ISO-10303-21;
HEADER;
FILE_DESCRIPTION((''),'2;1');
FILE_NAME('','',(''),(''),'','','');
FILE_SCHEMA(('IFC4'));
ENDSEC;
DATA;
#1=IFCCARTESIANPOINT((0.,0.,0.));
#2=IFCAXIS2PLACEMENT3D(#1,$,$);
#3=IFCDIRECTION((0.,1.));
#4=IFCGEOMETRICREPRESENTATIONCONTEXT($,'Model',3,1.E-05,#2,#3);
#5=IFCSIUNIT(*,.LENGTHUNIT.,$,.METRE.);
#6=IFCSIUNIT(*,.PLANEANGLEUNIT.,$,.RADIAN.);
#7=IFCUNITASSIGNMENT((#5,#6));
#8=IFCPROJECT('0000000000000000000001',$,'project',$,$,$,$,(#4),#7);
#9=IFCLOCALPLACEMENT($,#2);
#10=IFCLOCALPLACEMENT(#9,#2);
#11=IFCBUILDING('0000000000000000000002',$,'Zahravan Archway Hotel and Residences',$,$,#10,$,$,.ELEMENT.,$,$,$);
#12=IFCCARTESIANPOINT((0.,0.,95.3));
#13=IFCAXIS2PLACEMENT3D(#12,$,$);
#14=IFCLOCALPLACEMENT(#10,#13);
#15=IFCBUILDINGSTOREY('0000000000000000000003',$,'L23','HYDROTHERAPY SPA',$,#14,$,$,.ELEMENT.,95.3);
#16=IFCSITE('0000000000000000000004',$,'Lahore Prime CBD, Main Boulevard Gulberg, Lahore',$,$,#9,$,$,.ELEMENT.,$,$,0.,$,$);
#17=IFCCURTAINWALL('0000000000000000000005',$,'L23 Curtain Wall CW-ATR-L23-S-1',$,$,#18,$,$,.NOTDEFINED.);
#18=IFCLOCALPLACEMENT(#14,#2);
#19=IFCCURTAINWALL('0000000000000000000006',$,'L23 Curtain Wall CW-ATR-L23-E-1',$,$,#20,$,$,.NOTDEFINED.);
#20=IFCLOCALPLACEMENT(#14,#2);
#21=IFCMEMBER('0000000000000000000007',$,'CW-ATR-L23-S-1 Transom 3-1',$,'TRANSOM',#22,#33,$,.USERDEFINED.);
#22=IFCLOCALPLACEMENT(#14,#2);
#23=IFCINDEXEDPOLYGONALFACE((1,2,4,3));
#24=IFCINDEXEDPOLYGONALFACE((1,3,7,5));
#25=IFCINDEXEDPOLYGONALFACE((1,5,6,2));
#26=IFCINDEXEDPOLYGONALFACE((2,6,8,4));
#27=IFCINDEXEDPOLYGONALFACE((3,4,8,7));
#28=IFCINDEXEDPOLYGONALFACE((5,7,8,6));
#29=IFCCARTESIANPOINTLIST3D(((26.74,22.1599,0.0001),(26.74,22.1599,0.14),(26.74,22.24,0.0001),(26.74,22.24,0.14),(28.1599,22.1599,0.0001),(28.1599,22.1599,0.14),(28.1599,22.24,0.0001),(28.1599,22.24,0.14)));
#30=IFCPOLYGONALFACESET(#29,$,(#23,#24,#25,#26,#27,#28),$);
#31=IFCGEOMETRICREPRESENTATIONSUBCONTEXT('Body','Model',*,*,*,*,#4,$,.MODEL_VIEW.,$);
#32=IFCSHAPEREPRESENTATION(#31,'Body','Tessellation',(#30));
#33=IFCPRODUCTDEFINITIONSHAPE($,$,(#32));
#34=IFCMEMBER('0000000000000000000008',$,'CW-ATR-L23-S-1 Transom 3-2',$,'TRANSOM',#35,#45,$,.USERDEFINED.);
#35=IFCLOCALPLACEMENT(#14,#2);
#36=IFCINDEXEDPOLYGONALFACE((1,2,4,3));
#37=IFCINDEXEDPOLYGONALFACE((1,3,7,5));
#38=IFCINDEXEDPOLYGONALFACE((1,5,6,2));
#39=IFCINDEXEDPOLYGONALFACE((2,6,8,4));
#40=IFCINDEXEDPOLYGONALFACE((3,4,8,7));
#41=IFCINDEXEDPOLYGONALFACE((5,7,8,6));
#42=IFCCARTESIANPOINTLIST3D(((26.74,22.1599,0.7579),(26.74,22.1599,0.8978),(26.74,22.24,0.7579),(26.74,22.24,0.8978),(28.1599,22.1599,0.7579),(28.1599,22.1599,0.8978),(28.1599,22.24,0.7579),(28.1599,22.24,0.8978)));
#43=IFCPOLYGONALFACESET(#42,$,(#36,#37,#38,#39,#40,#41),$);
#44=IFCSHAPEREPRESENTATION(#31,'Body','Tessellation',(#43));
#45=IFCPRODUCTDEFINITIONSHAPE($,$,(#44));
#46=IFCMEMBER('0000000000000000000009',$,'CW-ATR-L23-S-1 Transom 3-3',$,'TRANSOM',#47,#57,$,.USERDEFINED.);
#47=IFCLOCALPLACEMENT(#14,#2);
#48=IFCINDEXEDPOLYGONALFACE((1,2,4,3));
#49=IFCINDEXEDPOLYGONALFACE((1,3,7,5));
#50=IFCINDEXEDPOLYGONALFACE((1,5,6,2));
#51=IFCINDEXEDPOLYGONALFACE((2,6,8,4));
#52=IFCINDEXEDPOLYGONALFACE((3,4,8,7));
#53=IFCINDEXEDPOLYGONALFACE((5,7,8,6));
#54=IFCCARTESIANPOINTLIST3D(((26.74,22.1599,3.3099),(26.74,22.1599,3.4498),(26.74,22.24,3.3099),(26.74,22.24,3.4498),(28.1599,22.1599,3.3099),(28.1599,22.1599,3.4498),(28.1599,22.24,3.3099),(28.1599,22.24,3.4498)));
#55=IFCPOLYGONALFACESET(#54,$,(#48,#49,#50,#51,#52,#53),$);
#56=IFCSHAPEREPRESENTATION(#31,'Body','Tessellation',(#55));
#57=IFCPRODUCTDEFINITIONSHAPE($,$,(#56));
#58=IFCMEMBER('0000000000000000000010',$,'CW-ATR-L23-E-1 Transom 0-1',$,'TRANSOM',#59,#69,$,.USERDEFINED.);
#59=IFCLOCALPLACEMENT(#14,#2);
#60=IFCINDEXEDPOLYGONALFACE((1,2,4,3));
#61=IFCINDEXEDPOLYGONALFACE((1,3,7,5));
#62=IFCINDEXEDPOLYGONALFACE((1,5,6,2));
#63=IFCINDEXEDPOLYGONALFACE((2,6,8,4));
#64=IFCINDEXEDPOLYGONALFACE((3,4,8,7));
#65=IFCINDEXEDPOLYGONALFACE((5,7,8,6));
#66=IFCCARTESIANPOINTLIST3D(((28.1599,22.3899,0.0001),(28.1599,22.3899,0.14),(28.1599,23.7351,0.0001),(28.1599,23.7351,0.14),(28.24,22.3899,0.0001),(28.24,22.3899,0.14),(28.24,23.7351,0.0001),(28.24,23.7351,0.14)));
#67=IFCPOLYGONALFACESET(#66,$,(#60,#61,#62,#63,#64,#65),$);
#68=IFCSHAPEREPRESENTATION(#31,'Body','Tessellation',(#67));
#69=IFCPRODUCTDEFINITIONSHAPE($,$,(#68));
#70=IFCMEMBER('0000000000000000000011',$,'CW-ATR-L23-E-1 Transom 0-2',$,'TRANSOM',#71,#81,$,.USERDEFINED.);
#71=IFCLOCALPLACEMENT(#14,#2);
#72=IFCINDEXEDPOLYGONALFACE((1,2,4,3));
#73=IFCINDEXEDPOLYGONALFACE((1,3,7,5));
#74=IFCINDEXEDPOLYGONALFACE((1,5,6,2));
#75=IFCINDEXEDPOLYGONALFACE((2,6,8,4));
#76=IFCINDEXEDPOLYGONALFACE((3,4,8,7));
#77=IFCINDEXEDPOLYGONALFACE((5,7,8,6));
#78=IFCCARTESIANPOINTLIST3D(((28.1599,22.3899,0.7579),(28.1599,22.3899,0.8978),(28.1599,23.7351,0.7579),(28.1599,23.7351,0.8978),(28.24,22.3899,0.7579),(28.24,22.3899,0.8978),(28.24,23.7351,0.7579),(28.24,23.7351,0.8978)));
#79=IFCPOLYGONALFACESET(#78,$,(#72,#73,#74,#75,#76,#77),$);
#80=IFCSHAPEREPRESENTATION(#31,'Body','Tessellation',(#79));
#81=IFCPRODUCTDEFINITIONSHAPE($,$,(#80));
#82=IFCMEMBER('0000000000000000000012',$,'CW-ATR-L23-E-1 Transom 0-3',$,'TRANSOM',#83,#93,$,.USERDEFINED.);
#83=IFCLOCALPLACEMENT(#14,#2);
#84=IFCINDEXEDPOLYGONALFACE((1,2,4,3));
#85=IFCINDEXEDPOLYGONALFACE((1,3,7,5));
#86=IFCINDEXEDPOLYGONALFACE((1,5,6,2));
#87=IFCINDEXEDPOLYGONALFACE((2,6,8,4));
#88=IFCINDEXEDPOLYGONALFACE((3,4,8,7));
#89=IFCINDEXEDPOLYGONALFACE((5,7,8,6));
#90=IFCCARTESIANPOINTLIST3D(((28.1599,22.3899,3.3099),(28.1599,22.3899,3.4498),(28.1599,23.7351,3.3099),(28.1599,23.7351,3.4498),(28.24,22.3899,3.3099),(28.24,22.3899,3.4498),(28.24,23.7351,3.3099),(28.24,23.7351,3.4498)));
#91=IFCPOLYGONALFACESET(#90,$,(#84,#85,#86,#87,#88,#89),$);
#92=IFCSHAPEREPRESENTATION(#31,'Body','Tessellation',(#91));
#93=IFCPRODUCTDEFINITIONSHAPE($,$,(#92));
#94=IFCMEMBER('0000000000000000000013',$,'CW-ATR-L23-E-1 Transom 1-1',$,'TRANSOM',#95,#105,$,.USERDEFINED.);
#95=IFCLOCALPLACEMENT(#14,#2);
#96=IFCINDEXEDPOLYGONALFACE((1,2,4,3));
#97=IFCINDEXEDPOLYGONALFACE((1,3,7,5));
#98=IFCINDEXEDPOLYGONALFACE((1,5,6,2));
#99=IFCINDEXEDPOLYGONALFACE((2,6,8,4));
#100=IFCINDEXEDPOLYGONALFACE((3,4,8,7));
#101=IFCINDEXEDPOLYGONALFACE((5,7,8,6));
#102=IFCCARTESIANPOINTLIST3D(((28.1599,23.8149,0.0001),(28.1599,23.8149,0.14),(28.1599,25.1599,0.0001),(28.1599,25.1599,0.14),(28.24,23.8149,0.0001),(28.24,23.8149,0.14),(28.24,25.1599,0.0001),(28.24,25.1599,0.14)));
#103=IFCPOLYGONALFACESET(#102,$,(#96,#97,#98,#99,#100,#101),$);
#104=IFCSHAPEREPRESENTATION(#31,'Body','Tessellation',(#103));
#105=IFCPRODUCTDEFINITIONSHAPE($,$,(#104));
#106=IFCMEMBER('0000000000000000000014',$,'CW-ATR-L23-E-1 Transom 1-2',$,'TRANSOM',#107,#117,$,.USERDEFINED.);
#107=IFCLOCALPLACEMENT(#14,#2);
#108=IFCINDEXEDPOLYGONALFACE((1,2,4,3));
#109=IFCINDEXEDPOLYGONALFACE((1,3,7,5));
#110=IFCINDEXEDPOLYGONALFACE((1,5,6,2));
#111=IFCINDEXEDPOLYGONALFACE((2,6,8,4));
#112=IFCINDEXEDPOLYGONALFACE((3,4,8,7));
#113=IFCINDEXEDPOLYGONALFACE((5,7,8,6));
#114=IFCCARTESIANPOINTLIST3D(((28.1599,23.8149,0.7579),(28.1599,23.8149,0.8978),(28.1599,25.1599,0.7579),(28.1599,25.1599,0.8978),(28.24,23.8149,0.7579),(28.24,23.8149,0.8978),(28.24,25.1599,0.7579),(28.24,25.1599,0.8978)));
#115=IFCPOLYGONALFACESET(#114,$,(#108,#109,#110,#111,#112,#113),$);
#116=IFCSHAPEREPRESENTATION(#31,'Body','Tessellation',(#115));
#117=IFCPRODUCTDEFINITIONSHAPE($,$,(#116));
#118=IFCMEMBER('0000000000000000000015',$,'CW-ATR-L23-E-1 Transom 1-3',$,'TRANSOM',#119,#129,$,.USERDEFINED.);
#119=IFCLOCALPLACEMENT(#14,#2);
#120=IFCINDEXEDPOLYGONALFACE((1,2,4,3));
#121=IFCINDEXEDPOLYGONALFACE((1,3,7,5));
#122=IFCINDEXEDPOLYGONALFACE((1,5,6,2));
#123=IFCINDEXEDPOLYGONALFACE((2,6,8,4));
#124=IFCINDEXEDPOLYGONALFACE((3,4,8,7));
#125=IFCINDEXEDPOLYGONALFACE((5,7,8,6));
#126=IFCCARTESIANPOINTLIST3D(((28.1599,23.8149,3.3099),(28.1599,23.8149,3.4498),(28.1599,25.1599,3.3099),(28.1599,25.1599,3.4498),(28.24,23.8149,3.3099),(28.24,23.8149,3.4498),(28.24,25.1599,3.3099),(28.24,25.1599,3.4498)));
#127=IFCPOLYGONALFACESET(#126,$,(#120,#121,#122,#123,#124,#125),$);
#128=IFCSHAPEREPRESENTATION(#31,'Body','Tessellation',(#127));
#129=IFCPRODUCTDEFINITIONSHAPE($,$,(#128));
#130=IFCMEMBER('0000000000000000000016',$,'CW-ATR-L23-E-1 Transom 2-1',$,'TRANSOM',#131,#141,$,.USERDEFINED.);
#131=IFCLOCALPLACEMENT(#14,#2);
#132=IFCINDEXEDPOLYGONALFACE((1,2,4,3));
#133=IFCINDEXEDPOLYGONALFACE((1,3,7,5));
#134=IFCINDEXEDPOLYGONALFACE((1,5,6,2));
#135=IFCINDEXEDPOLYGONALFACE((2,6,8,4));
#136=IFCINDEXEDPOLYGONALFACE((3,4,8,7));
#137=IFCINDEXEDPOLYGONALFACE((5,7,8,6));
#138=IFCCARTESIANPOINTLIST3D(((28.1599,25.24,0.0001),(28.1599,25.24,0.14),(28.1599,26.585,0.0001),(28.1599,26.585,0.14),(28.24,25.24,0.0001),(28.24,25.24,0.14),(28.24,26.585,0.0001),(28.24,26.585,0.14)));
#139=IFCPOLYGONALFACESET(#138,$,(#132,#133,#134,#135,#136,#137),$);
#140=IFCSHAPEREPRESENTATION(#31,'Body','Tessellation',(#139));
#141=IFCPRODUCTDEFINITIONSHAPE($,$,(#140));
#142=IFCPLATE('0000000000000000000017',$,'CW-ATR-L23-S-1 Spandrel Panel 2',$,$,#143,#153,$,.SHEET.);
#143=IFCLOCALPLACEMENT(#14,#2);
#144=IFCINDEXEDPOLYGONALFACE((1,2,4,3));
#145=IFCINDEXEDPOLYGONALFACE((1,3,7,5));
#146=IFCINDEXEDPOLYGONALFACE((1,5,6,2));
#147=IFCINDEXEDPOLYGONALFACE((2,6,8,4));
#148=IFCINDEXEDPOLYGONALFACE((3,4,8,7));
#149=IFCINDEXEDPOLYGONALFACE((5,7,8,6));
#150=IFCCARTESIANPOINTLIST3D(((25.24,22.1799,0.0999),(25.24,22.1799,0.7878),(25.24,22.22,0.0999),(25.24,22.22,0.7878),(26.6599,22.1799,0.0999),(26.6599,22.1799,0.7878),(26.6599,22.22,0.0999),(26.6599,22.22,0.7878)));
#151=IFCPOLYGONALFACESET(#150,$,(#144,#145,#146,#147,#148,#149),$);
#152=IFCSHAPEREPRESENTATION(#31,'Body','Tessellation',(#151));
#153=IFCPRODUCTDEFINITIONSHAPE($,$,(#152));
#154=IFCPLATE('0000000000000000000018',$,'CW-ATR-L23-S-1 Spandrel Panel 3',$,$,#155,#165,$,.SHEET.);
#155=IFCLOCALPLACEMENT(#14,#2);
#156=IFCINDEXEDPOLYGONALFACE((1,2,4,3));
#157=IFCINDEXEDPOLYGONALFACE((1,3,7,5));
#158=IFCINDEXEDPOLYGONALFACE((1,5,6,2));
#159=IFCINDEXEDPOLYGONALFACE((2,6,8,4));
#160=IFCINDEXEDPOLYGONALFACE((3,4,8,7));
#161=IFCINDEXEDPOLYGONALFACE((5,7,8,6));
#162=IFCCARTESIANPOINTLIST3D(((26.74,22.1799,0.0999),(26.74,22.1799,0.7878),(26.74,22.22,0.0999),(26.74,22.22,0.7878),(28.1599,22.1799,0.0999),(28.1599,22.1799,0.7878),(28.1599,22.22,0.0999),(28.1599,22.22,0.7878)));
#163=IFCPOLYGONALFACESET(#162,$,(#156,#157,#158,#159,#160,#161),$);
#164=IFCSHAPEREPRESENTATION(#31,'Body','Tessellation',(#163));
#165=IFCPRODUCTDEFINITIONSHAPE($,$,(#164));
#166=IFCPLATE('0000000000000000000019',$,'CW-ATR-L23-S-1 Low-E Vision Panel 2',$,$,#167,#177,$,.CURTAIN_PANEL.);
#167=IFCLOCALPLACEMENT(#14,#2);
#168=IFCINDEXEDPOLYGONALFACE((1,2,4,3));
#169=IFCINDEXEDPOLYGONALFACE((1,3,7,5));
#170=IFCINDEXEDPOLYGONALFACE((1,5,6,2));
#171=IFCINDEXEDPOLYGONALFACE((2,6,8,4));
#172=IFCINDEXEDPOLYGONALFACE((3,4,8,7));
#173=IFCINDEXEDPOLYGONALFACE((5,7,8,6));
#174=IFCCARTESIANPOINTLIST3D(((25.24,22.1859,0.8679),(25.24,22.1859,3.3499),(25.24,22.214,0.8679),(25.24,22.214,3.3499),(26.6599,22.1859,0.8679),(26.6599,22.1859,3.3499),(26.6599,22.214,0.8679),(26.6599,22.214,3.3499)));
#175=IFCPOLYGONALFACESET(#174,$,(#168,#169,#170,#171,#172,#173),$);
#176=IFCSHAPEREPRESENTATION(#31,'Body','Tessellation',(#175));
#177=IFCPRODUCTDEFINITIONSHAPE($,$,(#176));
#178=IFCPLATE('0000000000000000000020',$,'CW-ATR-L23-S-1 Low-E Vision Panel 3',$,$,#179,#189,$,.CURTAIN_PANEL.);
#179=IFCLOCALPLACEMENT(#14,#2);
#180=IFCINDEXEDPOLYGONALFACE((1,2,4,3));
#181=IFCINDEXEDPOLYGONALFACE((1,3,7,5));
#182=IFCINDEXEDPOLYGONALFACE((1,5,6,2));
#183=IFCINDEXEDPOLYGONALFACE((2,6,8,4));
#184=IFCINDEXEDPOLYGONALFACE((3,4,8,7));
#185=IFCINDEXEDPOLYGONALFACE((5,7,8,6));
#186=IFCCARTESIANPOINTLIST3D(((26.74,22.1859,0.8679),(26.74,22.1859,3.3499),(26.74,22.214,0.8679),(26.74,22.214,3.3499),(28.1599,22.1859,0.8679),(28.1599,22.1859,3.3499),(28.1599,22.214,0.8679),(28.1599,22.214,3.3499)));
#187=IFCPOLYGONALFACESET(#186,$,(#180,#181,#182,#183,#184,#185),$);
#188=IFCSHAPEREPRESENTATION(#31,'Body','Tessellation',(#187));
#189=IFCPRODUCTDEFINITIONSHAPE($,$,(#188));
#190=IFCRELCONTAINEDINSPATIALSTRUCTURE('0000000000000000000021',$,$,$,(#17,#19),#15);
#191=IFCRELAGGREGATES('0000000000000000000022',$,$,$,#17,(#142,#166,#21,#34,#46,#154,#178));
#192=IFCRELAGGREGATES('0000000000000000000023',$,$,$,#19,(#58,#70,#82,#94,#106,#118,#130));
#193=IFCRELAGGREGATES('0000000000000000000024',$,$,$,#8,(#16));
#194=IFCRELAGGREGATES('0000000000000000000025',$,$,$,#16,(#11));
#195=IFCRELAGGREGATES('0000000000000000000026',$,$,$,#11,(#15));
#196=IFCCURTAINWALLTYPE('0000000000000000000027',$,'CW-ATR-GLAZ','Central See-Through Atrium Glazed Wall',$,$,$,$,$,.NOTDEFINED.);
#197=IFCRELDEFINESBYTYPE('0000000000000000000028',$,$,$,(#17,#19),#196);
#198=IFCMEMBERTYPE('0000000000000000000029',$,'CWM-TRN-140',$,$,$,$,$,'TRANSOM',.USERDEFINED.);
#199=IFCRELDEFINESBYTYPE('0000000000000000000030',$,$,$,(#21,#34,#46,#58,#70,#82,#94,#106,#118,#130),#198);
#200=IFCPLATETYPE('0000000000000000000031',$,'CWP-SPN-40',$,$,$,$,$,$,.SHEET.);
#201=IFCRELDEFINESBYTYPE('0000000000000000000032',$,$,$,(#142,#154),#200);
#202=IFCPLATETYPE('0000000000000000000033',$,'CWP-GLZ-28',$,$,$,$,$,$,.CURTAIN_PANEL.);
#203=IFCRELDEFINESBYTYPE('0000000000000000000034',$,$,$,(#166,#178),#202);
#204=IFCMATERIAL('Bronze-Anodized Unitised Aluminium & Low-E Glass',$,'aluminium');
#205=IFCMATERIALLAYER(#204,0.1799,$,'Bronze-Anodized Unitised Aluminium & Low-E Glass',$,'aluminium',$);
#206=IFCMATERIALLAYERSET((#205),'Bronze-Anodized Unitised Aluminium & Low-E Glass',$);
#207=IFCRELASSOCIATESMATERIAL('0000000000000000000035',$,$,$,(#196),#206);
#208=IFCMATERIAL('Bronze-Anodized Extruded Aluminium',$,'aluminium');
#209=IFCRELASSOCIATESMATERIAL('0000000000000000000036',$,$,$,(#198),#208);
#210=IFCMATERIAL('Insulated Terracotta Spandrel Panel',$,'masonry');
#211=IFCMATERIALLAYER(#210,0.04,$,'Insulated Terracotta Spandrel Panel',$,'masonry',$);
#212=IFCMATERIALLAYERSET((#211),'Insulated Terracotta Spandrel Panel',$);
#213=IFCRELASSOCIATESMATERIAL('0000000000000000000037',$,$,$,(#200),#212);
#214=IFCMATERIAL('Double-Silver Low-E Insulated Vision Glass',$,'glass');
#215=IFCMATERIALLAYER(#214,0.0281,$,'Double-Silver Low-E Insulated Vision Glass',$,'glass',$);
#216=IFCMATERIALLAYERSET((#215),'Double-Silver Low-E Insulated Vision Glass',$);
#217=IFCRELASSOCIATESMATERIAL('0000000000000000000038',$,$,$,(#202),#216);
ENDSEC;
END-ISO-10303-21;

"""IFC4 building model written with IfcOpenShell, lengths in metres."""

from ifc_helpers import new_model, si_unit, direction, frame, origin, origin_2d, place, context, subcontext, project, spatial, rectangle, extrude, source, transform, mapped, material, layer, layer_set, material_profile, profile_set, type_object, element, aggregate, save


model = new_model("IFC4")

# Units and contexts
model_context = context("Model", 3, precision=1e-05, world=origin(), true_north=direction((0.0, 1.0)))
body_context = subcontext(model_context, "Body", "Model", "MODEL_VIEW")
ifc_project = project(units=[si_unit("LENGTHUNIT", "METRE"), si_unit("PLANEANGLEUNIT", "RADIAN")], contexts=[model_context])

# Site, building, storey
site_placement = place(None, origin())
site = spatial("IfcSite", under=ifc_project, at=site_placement, Name="Lahore Prime CBD, Main Boulevard Gulberg, Lahore", CompositionType="ELEMENT", RefElevation=0.0)
building_placement = place(site_placement, origin())
building = spatial("IfcBuilding", under=site, at=building_placement, Name="Zahravan Archway Hotel and Residences", CompositionType="ELEMENT")
storey_placement = place(building_placement, frame((0.0, 0.0, 95.3)))
storey = spatial("IfcBuildingStorey", under=building, at=storey_placement, Name="L23", Description="HYDROTHERAPY SPA", CompositionType="ELEMENT", Elevation=95.3)

# Curtain walls
ifc_material_1 = material(Name="Bronze-Anodized Unitised Aluminium & Low-E Glass", Category="aluminium")
ifc_layer_1 = layer(ifc_material_1, 0.1799, Name="Bronze-Anodized Unitised Aluminium & Low-E Glass", Category="aluminium")
ifc_layer_set_1 = layer_set([ifc_layer_1], Name="Bronze-Anodized Unitised Aluminium & Low-E Glass")
curtain_wall_type = type_object("IfcCurtainWallType", Name="CW-ATR-GLAZ", Description="Central See-Through Atrium Glazed Wall", PredefinedType="NOTDEFINED", material=ifc_layer_set_1)
curtain_wall_1_placement = place(storey_placement, origin())
curtain_wall_1 = element("IfcCurtainWall", 1, at=curtain_wall_1_placement, inside=storey, type_object=curtain_wall_type, Name="L23 Curtain Wall CW-ATR-L23-S-1", PredefinedType="NOTDEFINED")
ifc_material_2 = material(Name="Bronze-Anodized Extruded Aluminium", Category="aluminium")
curtain_wall_2_placement = place(storey_placement, origin())
curtain_wall_2 = element("IfcCurtainWall", 2, at=curtain_wall_2_placement, inside=storey, type_object=curtain_wall_type, Name="L23 Curtain Wall CW-ATR-L23-E-1", PredefinedType="NOTDEFINED")

# Members
ifc_material_profile_1 = material_profile(ifc_material_2, rectangle(XDim=0.0801, YDim=0.1399, at=origin_2d()), Name="TRN 80x140", Category="aluminium")
ifc_profile_set_1 = profile_set([ifc_material_profile_1], Name="Bronze-Anodized Extruded Aluminium")
member_type_1 = type_object("IfcMemberType", Name="CWM-TRN-140", ElementType="TRANSOM", PredefinedType="USERDEFINED", material=ifc_profile_set_1)
shared_shape_1 = source(origin(), body_context, "Body", "SweptSolid", [
    extrude(rectangle(XDim=0.0801, YDim=0.1399, at=origin_2d()), origin(), (0.0, 0.0, 1.0), 1.4199),
])
member_1_placement = place(storey_placement, frame((26.74, 22.2, 0.0701), z_axis=(1.0, 0.0, 0.0), x_axis=(0.0, 1.0, 0.0)))
member_1 = element("IfcMember", 3, at=member_1_placement, type_object=member_type_1, Name="CW-ATR-L23-S-1 Transom 3-1", ObjectType="TRANSOM", PredefinedType="USERDEFINED", context=body_context, shape_type="MappedRepresentation", body=[
    mapped(shared_shape_1, transform((0.0, 0.0, 0.0), scale=1.0)),
])
member_2_placement = place(storey_placement, frame((26.74, 22.2, 0.8279), z_axis=(1.0, 0.0, 0.0), x_axis=(0.0, 1.0, 0.0)))
member_2 = element("IfcMember", 4, at=member_2_placement, type_object=member_type_1, Name="CW-ATR-L23-S-1 Transom 3-2", ObjectType="TRANSOM", PredefinedType="USERDEFINED", context=body_context, shape_type="MappedRepresentation", body=[
    mapped(shared_shape_1, transform((0.0, 0.0, 0.0), scale=1.0)),
])
member_3_placement = place(storey_placement, frame((26.74, 22.2, 3.3799), z_axis=(1.0, 0.0, 0.0), x_axis=(0.0, 1.0, 0.0)))
member_3 = element("IfcMember", 5, at=member_3_placement, type_object=member_type_1, Name="CW-ATR-L23-S-1 Transom 3-3", ObjectType="TRANSOM", PredefinedType="USERDEFINED", context=body_context, shape_type="MappedRepresentation", body=[
    mapped(shared_shape_1, transform((0.0, 0.0, 0.0), scale=1.0)),
])
shared_shape_2 = source(origin(), body_context, "Body", "SweptSolid", [
    extrude(rectangle(XDim=0.0801, YDim=0.1399, at=origin_2d()), origin(), (0.0, 0.0, 1.0), 1.3452),
])
member_4_placement = place(storey_placement, frame((28.2, 22.3899, 0.0701), z_axis=(0.0, 1.0, 0.0), x_axis=(-1.0, 0.0, 0.0)))
member_4 = element("IfcMember", 6, at=member_4_placement, type_object=member_type_1, Name="CW-ATR-L23-E-1 Transom 0-1", ObjectType="TRANSOM", PredefinedType="USERDEFINED", context=body_context, shape_type="MappedRepresentation", body=[
    mapped(shared_shape_2, transform((0.0, 0.0, 0.0), scale=1.0)),
])
member_5_placement = place(storey_placement, frame((28.2, 22.3899, 0.8279), z_axis=(0.0, 1.0, 0.0), x_axis=(-1.0, 0.0, 0.0)))
member_5 = element("IfcMember", 7, at=member_5_placement, type_object=member_type_1, Name="CW-ATR-L23-E-1 Transom 0-2", ObjectType="TRANSOM", PredefinedType="USERDEFINED", context=body_context, shape_type="MappedRepresentation", body=[
    mapped(shared_shape_2, transform((0.0, 0.0, 0.0), scale=1.0)),
])
member_6_placement = place(storey_placement, frame((28.2, 22.3899, 3.3799), z_axis=(0.0, 1.0, 0.0), x_axis=(-1.0, 0.0, 0.0)))
member_6 = element("IfcMember", 8, at=member_6_placement, type_object=member_type_1, Name="CW-ATR-L23-E-1 Transom 0-3", ObjectType="TRANSOM", PredefinedType="USERDEFINED", context=body_context, shape_type="MappedRepresentation", body=[
    mapped(shared_shape_2, transform((0.0, 0.0, 0.0), scale=1.0)),
])
shared_shape_3 = source(origin(), body_context, "Body", "SweptSolid", [
    extrude(rectangle(XDim=0.0801, YDim=0.1399, at=origin_2d()), origin(), (0.0, 0.0, 1.0), 1.345),
])
member_7_placement = place(storey_placement, frame((28.2, 23.8149, 0.0701), z_axis=(0.0, 1.0, 0.0), x_axis=(-1.0, 0.0, 0.0)))
member_7 = element("IfcMember", 9, at=member_7_placement, type_object=member_type_1, Name="CW-ATR-L23-E-1 Transom 1-1", ObjectType="TRANSOM", PredefinedType="USERDEFINED", context=body_context, shape_type="MappedRepresentation", body=[
    mapped(shared_shape_3, transform((0.0, 0.0, 0.0), scale=1.0)),
])
member_8_placement = place(storey_placement, frame((28.2, 23.8149, 0.8279), z_axis=(0.0, 1.0, 0.0), x_axis=(-1.0, 0.0, 0.0)))
member_8 = element("IfcMember", 10, at=member_8_placement, type_object=member_type_1, Name="CW-ATR-L23-E-1 Transom 1-2", ObjectType="TRANSOM", PredefinedType="USERDEFINED", context=body_context, shape_type="MappedRepresentation", body=[
    mapped(shared_shape_3, transform((0.0, 0.0, 0.0), scale=1.0)),
])
member_9_placement = place(storey_placement, frame((28.2, 23.8149, 3.3799), z_axis=(0.0, 1.0, 0.0), x_axis=(-1.0, 0.0, 0.0)))
member_9 = element("IfcMember", 11, at=member_9_placement, type_object=member_type_1, Name="CW-ATR-L23-E-1 Transom 1-3", ObjectType="TRANSOM", PredefinedType="USERDEFINED", context=body_context, shape_type="MappedRepresentation", body=[
    mapped(shared_shape_3, transform((0.0, 0.0, 0.0), scale=1.0)),
])
member_10_placement = place(storey_placement, frame((28.2, 25.24, 0.0701), z_axis=(0.0, 1.0, 0.0), x_axis=(-1.0, 0.0, 0.0)))
member_10 = element("IfcMember", 12, at=member_10_placement, type_object=member_type_1, Name="CW-ATR-L23-E-1 Transom 2-1", ObjectType="TRANSOM", PredefinedType="USERDEFINED", context=body_context, shape_type="MappedRepresentation", body=[
    mapped(shared_shape_3, transform((0.0, 0.0, 0.0), scale=1.0)),
])

# Plates
ifc_material_3 = material(Name="Insulated Terracotta Spandrel Panel", Category="masonry")
ifc_layer_2 = layer(ifc_material_3, 0.04, Name="Insulated Terracotta Spandrel Panel", Category="masonry")
ifc_layer_set_2 = layer_set([ifc_layer_2], Name="Insulated Terracotta Spandrel Panel")
plate_type_1 = type_object("IfcPlateType", Name="CWP-SPN-40", PredefinedType="SHEET", material=ifc_layer_set_2)
shared_shape_4 = source(origin(), body_context, "Body", "SweptSolid", [
    extrude(rectangle(XDim=1.4199, YDim=0.04, at=origin_2d()), origin(), (0.0, 0.0, 1.0), 0.688),
])
plate_1_placement = place(storey_placement, frame((25.95, 22.2, 0.0999), z_axis=(0.0, 0.0, 1.0), x_axis=(1.0, 0.0, 0.0)))
plate_1 = element("IfcPlate", 13, at=plate_1_placement, type_object=plate_type_1, Name="CW-ATR-L23-S-1 Spandrel Panel 2", PredefinedType="SHEET", context=body_context, shape_type="MappedRepresentation", body=[
    mapped(shared_shape_4, transform((0.0, 0.0, 0.0), scale=1.0)),
])
plate_2_placement = place(storey_placement, frame((27.45, 22.2, 0.0999), z_axis=(0.0, 0.0, 1.0), x_axis=(1.0, 0.0, 0.0)))
plate_2 = element("IfcPlate", 14, at=plate_2_placement, type_object=plate_type_1, Name="CW-ATR-L23-S-1 Spandrel Panel 3", PredefinedType="SHEET", context=body_context, shape_type="MappedRepresentation", body=[
    mapped(shared_shape_4, transform((0.0, 0.0, 0.0), scale=1.0)),
])
ifc_material_4 = material(Name="Double-Silver Low-E Insulated Vision Glass", Category="glass")
ifc_layer_3 = layer(ifc_material_4, 0.0281, Name="Double-Silver Low-E Insulated Vision Glass", Category="glass")
ifc_layer_set_3 = layer_set([ifc_layer_3], Name="Double-Silver Low-E Insulated Vision Glass")
plate_type_2 = type_object("IfcPlateType", Name="CWP-GLZ-28", PredefinedType="CURTAIN_PANEL", material=ifc_layer_set_3)
shared_shape_5 = source(origin(), body_context, "Body", "SweptSolid", [
    extrude(rectangle(XDim=1.4199, YDim=0.0281, at=origin_2d()), origin(), (0.0, 0.0, 1.0), 2.4819),
])
plate_3_placement = place(storey_placement, frame((25.95, 22.2, 0.8679), z_axis=(0.0, 0.0, 1.0), x_axis=(1.0, 0.0, 0.0)))
plate_3 = element("IfcPlate", 15, at=plate_3_placement, type_object=plate_type_2, Name="CW-ATR-L23-S-1 Low-E Vision Panel 2", PredefinedType="CURTAIN_PANEL", context=body_context, shape_type="MappedRepresentation", body=[
    mapped(shared_shape_5, transform((0.0, 0.0, 0.0), scale=1.0)),
])
plate_4_placement = place(storey_placement, frame((27.45, 22.2, 0.8679), z_axis=(0.0, 0.0, 1.0), x_axis=(1.0, 0.0, 0.0)))
plate_4 = element("IfcPlate", 16, at=plate_4_placement, type_object=plate_type_2, Name="CW-ATR-L23-S-1 Low-E Vision Panel 3", PredefinedType="CURTAIN_PANEL", context=body_context, shape_type="MappedRepresentation", body=[
    mapped(shared_shape_5, transform((0.0, 0.0, 0.0), scale=1.0)),
])
aggregate(curtain_wall_1, [plate_1, plate_3, member_1, member_2, member_3, plate_2, plate_4])
aggregate(curtain_wall_2, [member_4, member_5, member_6, member_7, member_8, member_9, member_10])

save(model, "model.ifc")
